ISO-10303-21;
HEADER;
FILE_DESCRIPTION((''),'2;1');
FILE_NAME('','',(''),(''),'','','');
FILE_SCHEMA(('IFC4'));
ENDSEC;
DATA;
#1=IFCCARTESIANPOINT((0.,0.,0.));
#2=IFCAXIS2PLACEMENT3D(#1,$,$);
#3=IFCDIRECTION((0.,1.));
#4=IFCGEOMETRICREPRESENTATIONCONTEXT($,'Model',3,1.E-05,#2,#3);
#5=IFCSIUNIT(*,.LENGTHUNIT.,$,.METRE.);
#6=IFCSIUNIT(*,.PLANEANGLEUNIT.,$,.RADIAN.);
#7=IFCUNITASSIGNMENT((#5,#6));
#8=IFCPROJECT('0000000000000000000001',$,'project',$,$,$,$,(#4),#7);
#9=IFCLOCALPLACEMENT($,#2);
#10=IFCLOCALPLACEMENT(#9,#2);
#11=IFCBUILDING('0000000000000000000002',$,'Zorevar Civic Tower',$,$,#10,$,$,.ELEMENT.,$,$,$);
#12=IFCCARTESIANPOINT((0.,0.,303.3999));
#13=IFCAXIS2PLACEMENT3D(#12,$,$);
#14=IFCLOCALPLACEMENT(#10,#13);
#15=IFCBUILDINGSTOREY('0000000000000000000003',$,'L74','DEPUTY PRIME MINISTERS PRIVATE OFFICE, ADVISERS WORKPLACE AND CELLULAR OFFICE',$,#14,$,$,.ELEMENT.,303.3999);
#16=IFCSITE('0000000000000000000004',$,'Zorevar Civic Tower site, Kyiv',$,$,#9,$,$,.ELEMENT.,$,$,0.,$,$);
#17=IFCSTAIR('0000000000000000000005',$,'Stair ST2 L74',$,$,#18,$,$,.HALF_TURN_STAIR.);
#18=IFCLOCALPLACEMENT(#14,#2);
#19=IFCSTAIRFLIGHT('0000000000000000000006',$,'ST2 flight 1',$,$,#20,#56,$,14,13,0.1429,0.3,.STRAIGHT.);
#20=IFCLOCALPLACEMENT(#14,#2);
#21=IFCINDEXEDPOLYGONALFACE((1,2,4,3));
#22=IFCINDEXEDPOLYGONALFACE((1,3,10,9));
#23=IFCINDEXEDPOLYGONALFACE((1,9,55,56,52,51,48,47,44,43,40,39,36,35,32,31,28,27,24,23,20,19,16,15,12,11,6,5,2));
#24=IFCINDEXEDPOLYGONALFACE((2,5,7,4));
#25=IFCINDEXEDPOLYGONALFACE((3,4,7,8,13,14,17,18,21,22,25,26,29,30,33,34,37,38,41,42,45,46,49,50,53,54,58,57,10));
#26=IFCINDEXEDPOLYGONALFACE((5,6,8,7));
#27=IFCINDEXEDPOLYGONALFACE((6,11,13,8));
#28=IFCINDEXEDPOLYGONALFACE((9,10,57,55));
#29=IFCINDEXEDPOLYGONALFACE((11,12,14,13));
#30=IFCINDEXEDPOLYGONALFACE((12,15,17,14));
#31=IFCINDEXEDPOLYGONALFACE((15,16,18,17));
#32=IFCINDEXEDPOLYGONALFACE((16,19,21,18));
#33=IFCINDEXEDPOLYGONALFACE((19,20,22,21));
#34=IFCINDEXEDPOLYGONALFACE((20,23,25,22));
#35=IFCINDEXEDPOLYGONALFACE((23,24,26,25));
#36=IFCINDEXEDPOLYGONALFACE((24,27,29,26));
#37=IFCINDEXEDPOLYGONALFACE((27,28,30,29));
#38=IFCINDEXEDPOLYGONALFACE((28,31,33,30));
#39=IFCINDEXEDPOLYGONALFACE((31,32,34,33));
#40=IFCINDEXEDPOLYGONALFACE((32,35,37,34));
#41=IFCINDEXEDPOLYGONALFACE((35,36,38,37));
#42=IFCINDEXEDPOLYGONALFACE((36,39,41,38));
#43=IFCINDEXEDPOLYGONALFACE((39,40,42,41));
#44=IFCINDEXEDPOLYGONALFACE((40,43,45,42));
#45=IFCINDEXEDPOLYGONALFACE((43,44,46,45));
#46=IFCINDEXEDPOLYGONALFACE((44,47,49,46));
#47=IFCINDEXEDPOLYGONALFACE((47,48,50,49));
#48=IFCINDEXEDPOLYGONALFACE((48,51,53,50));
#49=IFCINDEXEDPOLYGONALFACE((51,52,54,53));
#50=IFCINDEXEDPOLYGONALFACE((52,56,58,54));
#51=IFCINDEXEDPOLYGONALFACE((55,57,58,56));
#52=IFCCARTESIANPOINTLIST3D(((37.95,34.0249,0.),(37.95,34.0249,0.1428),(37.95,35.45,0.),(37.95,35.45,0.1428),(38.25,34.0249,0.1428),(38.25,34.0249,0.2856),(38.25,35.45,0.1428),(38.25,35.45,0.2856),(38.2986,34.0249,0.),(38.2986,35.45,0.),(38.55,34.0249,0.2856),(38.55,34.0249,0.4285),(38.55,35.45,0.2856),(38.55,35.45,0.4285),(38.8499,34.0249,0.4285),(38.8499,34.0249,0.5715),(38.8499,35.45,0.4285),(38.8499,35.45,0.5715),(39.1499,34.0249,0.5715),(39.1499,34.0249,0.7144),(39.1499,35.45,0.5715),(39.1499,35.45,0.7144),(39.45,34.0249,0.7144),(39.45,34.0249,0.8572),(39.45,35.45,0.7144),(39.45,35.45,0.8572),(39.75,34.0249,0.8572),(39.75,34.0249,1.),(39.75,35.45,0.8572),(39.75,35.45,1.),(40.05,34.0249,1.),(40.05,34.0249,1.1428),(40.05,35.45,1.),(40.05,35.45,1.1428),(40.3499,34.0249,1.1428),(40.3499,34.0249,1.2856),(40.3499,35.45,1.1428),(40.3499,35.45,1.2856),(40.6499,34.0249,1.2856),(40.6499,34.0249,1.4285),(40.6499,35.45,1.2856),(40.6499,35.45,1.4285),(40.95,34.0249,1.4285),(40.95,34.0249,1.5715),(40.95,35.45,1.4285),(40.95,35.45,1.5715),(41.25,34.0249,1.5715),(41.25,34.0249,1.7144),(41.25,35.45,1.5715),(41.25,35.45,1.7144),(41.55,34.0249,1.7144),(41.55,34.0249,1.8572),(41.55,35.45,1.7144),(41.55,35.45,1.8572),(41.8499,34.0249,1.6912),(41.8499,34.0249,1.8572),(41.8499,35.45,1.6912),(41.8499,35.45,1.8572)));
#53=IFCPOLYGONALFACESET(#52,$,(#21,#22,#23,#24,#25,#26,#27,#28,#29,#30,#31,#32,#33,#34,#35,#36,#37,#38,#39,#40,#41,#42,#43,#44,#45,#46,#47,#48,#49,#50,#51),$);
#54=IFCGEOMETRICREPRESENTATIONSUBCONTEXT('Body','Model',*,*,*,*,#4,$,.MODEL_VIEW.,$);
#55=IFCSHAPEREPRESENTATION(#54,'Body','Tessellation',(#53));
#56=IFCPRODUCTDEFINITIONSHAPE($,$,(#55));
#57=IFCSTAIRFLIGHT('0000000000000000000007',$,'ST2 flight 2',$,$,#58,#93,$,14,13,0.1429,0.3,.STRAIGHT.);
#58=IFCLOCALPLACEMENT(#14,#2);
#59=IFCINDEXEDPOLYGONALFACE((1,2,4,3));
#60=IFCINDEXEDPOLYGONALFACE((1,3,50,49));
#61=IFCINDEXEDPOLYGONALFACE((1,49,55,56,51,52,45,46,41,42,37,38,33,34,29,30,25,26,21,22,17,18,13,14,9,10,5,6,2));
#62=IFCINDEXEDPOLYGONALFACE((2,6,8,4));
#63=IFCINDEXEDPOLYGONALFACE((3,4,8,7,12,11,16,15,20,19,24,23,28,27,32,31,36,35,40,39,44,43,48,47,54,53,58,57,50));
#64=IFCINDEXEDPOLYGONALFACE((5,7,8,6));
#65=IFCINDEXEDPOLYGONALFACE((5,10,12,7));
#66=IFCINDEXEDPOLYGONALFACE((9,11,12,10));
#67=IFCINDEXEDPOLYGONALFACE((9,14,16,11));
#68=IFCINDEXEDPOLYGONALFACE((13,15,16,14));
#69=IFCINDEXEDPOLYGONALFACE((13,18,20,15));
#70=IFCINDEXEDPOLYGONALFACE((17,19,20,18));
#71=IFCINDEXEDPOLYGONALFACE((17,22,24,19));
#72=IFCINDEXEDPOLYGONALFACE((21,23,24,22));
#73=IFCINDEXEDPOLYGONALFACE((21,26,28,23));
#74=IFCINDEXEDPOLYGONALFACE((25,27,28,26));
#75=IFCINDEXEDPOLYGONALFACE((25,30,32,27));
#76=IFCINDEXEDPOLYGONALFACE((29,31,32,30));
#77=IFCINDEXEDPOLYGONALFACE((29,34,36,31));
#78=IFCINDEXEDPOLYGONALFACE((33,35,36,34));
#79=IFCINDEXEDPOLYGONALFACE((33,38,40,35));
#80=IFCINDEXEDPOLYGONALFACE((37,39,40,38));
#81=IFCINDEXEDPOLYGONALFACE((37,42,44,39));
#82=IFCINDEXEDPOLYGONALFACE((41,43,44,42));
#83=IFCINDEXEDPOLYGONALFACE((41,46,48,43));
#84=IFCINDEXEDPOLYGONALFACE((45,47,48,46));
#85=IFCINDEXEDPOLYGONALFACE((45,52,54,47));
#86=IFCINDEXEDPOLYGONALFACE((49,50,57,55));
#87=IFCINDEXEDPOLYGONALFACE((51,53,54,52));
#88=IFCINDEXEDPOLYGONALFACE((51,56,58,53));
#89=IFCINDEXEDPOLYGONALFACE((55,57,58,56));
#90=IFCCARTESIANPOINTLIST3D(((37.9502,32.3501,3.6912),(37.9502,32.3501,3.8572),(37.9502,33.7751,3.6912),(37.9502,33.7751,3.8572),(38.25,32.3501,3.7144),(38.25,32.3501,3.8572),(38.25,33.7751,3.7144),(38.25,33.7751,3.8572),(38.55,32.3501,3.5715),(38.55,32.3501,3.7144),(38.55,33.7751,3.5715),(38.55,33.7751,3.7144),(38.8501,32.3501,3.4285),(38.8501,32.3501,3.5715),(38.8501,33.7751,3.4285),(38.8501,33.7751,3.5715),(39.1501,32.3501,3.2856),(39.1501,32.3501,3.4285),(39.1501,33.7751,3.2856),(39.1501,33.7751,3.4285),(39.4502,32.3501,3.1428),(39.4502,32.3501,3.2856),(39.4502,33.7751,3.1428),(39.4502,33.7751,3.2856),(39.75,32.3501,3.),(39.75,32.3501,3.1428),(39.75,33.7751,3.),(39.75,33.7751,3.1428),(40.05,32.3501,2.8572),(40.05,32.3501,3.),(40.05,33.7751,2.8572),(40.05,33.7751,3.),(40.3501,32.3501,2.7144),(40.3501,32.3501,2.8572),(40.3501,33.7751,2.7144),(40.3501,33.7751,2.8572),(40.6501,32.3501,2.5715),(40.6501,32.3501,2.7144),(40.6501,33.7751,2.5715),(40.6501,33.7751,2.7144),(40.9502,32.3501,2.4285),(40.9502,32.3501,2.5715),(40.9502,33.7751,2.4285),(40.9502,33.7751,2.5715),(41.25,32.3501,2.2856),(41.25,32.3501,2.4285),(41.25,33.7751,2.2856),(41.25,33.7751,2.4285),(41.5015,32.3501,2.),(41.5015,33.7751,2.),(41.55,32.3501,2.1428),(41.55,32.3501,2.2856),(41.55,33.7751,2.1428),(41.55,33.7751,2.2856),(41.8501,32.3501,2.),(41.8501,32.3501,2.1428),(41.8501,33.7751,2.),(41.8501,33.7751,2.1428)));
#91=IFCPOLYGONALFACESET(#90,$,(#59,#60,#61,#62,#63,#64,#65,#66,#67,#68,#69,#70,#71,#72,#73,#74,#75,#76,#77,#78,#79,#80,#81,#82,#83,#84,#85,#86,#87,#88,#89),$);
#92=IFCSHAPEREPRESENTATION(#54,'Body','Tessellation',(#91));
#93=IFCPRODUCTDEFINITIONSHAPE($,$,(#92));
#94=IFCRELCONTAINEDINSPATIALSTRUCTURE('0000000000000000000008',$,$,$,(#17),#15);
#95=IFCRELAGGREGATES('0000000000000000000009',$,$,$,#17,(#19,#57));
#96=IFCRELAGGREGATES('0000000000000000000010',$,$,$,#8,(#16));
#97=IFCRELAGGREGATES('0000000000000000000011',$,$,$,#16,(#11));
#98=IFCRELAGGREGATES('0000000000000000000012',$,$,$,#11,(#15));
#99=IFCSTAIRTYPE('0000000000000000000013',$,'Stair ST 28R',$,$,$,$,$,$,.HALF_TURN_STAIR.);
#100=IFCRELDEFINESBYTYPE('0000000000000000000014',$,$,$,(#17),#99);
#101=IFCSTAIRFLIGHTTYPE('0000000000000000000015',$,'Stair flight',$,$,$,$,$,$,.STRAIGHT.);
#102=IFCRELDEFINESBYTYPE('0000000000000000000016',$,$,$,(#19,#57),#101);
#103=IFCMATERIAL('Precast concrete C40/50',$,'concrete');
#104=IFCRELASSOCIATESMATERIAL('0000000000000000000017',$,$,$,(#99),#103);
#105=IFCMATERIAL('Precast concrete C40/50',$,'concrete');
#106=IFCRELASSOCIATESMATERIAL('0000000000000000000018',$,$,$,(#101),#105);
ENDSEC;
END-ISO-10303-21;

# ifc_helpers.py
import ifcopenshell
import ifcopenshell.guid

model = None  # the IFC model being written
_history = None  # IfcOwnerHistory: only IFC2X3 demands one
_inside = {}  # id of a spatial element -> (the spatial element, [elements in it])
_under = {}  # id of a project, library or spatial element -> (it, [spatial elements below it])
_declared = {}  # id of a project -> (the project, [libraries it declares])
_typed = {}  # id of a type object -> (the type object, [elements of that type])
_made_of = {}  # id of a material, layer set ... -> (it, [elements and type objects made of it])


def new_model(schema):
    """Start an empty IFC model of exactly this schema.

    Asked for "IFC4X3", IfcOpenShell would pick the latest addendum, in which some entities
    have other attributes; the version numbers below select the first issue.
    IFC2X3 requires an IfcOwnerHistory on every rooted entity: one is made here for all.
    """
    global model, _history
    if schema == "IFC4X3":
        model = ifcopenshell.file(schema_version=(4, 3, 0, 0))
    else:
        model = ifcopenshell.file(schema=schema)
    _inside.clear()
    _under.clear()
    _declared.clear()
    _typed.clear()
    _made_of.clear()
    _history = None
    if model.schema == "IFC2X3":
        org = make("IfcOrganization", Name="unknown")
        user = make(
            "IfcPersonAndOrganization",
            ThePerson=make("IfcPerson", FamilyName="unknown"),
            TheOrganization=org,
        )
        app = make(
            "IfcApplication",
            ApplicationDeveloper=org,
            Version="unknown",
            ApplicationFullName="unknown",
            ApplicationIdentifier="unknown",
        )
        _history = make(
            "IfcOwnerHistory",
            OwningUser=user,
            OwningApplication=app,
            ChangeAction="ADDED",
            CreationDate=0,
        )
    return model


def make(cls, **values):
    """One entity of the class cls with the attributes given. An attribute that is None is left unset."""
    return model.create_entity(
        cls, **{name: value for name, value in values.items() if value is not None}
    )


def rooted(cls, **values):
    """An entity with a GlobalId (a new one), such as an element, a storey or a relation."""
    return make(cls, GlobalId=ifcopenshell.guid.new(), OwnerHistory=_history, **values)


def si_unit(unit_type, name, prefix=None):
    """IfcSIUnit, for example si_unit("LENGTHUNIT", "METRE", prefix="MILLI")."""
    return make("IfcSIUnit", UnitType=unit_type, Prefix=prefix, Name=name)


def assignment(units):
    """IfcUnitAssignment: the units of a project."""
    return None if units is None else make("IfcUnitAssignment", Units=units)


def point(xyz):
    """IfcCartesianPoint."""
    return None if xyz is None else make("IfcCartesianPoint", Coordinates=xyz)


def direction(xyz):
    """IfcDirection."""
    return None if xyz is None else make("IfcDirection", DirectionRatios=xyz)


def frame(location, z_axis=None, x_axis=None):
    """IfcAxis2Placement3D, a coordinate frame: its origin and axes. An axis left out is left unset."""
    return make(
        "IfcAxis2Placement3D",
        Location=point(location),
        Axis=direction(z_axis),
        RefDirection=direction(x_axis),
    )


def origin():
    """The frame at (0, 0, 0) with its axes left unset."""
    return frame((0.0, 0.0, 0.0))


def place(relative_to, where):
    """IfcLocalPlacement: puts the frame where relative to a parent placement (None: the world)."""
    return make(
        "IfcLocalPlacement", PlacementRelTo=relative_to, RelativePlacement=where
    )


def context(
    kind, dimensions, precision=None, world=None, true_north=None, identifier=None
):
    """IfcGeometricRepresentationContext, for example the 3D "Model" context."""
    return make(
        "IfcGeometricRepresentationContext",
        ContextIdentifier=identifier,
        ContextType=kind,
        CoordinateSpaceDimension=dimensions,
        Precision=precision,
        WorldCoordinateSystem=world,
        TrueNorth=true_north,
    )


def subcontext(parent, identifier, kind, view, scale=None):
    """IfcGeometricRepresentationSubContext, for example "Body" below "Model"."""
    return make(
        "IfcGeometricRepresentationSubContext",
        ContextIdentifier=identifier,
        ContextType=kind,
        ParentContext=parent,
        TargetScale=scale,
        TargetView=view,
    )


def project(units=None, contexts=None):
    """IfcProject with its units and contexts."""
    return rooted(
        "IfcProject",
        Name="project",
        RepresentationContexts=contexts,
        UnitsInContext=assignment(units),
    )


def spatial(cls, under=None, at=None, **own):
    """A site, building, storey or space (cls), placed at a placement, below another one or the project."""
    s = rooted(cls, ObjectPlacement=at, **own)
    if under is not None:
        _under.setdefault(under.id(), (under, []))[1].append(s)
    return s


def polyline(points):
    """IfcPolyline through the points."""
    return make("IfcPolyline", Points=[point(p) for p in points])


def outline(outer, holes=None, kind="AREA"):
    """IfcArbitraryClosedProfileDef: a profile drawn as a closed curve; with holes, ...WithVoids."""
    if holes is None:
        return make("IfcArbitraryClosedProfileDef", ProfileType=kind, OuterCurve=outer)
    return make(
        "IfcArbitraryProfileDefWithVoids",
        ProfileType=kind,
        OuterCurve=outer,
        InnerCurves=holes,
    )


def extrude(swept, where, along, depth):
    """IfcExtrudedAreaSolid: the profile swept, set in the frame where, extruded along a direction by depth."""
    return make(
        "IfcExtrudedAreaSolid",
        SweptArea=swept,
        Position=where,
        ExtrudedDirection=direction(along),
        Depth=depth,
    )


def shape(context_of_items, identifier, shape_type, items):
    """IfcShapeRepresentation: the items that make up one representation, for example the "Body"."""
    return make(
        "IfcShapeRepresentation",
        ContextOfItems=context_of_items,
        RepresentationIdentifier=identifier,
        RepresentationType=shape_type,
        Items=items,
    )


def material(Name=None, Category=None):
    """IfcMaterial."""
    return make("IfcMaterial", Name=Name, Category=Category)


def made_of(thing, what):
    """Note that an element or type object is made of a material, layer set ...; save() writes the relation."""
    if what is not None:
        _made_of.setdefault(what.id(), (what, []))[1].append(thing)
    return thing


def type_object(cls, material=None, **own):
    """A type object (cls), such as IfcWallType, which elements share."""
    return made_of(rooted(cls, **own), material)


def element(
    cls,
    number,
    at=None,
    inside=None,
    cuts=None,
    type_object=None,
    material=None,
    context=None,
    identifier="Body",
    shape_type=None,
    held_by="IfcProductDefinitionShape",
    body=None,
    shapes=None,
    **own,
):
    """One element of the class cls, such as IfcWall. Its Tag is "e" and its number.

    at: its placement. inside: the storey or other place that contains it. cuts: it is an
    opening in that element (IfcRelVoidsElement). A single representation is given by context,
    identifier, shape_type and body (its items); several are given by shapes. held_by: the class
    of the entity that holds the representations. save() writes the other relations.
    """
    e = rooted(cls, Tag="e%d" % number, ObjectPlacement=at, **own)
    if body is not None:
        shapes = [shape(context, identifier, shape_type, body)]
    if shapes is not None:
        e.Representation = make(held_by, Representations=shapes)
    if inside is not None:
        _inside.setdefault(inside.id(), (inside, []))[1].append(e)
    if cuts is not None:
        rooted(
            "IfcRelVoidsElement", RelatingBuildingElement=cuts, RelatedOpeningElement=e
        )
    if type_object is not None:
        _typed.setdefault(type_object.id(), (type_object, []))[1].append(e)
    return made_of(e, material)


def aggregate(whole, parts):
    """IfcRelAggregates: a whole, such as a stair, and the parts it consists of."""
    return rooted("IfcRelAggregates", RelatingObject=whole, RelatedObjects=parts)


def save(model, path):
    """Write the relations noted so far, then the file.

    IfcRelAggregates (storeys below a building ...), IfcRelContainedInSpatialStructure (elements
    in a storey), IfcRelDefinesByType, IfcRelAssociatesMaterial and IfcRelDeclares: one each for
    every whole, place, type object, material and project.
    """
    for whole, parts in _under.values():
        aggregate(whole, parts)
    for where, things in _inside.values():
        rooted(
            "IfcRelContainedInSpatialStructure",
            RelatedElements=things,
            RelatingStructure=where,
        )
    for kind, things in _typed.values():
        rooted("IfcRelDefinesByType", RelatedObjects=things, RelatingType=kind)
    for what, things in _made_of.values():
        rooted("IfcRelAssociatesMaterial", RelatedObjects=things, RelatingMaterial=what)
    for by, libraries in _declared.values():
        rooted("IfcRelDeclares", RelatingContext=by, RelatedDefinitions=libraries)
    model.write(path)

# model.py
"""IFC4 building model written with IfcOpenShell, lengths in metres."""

from ifc_helpers import new_model, si_unit, direction, frame, origin, place, context, subcontext, project, spatial, polyline, outline, extrude, material, type_object, element, aggregate, save


model = new_model("IFC4")

# Units and contexts
model_context = context("Model", 3, precision=1e-05, world=origin(), true_north=direction((0.0, 1.0)))
body_context = subcontext(model_context, "Body", "Model", "MODEL_VIEW")
ifc_project = project(units=[si_unit("LENGTHUNIT", "METRE"), si_unit("PLANEANGLEUNIT", "RADIAN")], contexts=[model_context])

# Site, building, storey
site_placement = place(None, origin())
site = spatial("IfcSite", under=ifc_project, at=site_placement, Name="Zorevar Civic Tower site, Kyiv", CompositionType="ELEMENT", RefElevation=0.0)
building_placement = place(site_placement, origin())
building = spatial("IfcBuilding", under=site, at=building_placement, Name="Zorevar Civic Tower", CompositionType="ELEMENT")
storey_placement = place(building_placement, frame((0.0, 0.0, 303.3999)))
storey = spatial("IfcBuildingStorey", under=building, at=storey_placement, Name="L74", Description="DEPUTY PRIME MINISTERS PRIVATE OFFICE, ADVISERS WORKPLACE AND CELLULAR OFFICE", CompositionType="ELEMENT", Elevation=303.3999)

# Stair, stair flights
ifc_material_1 = material(Name="Precast concrete C40/50", Category="concrete")
stair_type = type_object("IfcStairType", Name="Stair ST 28R", PredefinedType="HALF_TURN_STAIR", material=ifc_material_1)
stair_placement = place(storey_placement, origin())
stair = element("IfcStair", 1, at=stair_placement, inside=storey, type_object=stair_type, Name="Stair ST2 L74", PredefinedType="HALF_TURN_STAIR")
ifc_material_2 = material(Name="Precast concrete C40/50", Category="concrete")
stair_flight_type = type_object("IfcStairFlightType", Name="Stair flight", PredefinedType="STRAIGHT", material=ifc_material_2)
stair_flight_1_placement = place(storey_placement, frame((37.95, 34.7375, 0.0), z_axis=(0.0, 0.0, 1.0), x_axis=(1.0, 0.0, 0.0)))
stair_flight_1 = element("IfcStairFlight", 2, at=stair_flight_1_placement, type_object=stair_flight_type, Name="ST2 flight 1", NumberOfRisers=14, NumberOfTreads=13, PredefinedType="STRAIGHT", RiserHeight=0.1429, TreadLength=0.3, context=body_context, shape_type="SweptSolid", body=[
    extrude(outline(polyline([(0.0, 0.0), (0.0, 0.1428), (0.3, 0.1428), (0.3, 0.2856), (0.6001, 0.2856), (0.6001, 0.4285), (0.8999, 0.4285), (0.8999, 0.5715), (1.2, 0.5715), (1.2, 0.7144), (1.5, 0.7144), (1.5, 0.8572), (1.8, 0.8572), (1.8, 1.0), (2.1001, 1.0), (2.1001, 1.1428), (2.3999, 1.1428), (2.3999, 1.2856), (2.7, 1.2856), (2.7, 1.4285), (3.0, 1.4285), (3.0, 1.5715), (3.3, 1.5715), (3.3, 1.7144), (3.6001, 1.7144), (3.6001, 1.8572), (3.8999, 1.8572), (3.8999, 2.0), (3.8999, 1.6912), (0.3486, 0.0), (0.0, 0.0)])), frame((0.0, 0.7124, 0.0), z_axis=(0.0, -1.0, 0.0), x_axis=(1.0, 0.0, 0.0)), (0.0, 0.0, 1.0), 1.425),
])
stair_flight_2_placement = place(storey_placement, frame((41.8501, 33.0625, 2.0), z_axis=(0.0, 0.0, 1.0), x_axis=(-1.0, 0.0, 0.0)))
stair_flight_2 = element("IfcStairFlight", 3, at=stair_flight_2_placement, type_object=stair_flight_type, Name="ST2 flight 2", NumberOfRisers=14, NumberOfTreads=13, PredefinedType="STRAIGHT", RiserHeight=0.1429, TreadLength=0.3, context=body_context, shape_type="SweptSolid", body=[
    extrude(outline(polyline([(0.0, 0.0), (0.0, 0.1428), (0.3, 0.1428), (0.3, 0.2856), (0.6001, 0.2856), (0.6001, 0.4285), (0.8999, 0.4285), (0.8999, 0.5715), (1.2, 0.5715), (1.2, 0.7144), (1.5, 0.7144), (1.5, 0.8572), (1.8, 0.8572), (1.8, 1.0), (2.1001, 1.0), (2.1001, 1.1428), (2.3999, 1.1428), (2.3999, 1.2856), (2.7, 1.2856), (2.7, 1.4285), (3.0, 1.4285), (3.0, 1.5715), (3.3, 1.5715), (3.3, 1.7144), (3.6001, 1.7144), (3.6001, 1.8572), (3.8999, 1.8572), (3.8999, 2.0), (3.8999, 1.6912), (0.3486, 0.0), (0.0, 0.0)])), frame((0.0, 0.7124, 0.0), z_axis=(0.0, -1.0, 0.0), x_axis=(1.0, 0.0, 0.0)), (0.0, 0.0, 1.0), 1.425),
])
aggregate(stair, [stair_flight_1, stair_flight_2])

save(model, "model.ifc")
